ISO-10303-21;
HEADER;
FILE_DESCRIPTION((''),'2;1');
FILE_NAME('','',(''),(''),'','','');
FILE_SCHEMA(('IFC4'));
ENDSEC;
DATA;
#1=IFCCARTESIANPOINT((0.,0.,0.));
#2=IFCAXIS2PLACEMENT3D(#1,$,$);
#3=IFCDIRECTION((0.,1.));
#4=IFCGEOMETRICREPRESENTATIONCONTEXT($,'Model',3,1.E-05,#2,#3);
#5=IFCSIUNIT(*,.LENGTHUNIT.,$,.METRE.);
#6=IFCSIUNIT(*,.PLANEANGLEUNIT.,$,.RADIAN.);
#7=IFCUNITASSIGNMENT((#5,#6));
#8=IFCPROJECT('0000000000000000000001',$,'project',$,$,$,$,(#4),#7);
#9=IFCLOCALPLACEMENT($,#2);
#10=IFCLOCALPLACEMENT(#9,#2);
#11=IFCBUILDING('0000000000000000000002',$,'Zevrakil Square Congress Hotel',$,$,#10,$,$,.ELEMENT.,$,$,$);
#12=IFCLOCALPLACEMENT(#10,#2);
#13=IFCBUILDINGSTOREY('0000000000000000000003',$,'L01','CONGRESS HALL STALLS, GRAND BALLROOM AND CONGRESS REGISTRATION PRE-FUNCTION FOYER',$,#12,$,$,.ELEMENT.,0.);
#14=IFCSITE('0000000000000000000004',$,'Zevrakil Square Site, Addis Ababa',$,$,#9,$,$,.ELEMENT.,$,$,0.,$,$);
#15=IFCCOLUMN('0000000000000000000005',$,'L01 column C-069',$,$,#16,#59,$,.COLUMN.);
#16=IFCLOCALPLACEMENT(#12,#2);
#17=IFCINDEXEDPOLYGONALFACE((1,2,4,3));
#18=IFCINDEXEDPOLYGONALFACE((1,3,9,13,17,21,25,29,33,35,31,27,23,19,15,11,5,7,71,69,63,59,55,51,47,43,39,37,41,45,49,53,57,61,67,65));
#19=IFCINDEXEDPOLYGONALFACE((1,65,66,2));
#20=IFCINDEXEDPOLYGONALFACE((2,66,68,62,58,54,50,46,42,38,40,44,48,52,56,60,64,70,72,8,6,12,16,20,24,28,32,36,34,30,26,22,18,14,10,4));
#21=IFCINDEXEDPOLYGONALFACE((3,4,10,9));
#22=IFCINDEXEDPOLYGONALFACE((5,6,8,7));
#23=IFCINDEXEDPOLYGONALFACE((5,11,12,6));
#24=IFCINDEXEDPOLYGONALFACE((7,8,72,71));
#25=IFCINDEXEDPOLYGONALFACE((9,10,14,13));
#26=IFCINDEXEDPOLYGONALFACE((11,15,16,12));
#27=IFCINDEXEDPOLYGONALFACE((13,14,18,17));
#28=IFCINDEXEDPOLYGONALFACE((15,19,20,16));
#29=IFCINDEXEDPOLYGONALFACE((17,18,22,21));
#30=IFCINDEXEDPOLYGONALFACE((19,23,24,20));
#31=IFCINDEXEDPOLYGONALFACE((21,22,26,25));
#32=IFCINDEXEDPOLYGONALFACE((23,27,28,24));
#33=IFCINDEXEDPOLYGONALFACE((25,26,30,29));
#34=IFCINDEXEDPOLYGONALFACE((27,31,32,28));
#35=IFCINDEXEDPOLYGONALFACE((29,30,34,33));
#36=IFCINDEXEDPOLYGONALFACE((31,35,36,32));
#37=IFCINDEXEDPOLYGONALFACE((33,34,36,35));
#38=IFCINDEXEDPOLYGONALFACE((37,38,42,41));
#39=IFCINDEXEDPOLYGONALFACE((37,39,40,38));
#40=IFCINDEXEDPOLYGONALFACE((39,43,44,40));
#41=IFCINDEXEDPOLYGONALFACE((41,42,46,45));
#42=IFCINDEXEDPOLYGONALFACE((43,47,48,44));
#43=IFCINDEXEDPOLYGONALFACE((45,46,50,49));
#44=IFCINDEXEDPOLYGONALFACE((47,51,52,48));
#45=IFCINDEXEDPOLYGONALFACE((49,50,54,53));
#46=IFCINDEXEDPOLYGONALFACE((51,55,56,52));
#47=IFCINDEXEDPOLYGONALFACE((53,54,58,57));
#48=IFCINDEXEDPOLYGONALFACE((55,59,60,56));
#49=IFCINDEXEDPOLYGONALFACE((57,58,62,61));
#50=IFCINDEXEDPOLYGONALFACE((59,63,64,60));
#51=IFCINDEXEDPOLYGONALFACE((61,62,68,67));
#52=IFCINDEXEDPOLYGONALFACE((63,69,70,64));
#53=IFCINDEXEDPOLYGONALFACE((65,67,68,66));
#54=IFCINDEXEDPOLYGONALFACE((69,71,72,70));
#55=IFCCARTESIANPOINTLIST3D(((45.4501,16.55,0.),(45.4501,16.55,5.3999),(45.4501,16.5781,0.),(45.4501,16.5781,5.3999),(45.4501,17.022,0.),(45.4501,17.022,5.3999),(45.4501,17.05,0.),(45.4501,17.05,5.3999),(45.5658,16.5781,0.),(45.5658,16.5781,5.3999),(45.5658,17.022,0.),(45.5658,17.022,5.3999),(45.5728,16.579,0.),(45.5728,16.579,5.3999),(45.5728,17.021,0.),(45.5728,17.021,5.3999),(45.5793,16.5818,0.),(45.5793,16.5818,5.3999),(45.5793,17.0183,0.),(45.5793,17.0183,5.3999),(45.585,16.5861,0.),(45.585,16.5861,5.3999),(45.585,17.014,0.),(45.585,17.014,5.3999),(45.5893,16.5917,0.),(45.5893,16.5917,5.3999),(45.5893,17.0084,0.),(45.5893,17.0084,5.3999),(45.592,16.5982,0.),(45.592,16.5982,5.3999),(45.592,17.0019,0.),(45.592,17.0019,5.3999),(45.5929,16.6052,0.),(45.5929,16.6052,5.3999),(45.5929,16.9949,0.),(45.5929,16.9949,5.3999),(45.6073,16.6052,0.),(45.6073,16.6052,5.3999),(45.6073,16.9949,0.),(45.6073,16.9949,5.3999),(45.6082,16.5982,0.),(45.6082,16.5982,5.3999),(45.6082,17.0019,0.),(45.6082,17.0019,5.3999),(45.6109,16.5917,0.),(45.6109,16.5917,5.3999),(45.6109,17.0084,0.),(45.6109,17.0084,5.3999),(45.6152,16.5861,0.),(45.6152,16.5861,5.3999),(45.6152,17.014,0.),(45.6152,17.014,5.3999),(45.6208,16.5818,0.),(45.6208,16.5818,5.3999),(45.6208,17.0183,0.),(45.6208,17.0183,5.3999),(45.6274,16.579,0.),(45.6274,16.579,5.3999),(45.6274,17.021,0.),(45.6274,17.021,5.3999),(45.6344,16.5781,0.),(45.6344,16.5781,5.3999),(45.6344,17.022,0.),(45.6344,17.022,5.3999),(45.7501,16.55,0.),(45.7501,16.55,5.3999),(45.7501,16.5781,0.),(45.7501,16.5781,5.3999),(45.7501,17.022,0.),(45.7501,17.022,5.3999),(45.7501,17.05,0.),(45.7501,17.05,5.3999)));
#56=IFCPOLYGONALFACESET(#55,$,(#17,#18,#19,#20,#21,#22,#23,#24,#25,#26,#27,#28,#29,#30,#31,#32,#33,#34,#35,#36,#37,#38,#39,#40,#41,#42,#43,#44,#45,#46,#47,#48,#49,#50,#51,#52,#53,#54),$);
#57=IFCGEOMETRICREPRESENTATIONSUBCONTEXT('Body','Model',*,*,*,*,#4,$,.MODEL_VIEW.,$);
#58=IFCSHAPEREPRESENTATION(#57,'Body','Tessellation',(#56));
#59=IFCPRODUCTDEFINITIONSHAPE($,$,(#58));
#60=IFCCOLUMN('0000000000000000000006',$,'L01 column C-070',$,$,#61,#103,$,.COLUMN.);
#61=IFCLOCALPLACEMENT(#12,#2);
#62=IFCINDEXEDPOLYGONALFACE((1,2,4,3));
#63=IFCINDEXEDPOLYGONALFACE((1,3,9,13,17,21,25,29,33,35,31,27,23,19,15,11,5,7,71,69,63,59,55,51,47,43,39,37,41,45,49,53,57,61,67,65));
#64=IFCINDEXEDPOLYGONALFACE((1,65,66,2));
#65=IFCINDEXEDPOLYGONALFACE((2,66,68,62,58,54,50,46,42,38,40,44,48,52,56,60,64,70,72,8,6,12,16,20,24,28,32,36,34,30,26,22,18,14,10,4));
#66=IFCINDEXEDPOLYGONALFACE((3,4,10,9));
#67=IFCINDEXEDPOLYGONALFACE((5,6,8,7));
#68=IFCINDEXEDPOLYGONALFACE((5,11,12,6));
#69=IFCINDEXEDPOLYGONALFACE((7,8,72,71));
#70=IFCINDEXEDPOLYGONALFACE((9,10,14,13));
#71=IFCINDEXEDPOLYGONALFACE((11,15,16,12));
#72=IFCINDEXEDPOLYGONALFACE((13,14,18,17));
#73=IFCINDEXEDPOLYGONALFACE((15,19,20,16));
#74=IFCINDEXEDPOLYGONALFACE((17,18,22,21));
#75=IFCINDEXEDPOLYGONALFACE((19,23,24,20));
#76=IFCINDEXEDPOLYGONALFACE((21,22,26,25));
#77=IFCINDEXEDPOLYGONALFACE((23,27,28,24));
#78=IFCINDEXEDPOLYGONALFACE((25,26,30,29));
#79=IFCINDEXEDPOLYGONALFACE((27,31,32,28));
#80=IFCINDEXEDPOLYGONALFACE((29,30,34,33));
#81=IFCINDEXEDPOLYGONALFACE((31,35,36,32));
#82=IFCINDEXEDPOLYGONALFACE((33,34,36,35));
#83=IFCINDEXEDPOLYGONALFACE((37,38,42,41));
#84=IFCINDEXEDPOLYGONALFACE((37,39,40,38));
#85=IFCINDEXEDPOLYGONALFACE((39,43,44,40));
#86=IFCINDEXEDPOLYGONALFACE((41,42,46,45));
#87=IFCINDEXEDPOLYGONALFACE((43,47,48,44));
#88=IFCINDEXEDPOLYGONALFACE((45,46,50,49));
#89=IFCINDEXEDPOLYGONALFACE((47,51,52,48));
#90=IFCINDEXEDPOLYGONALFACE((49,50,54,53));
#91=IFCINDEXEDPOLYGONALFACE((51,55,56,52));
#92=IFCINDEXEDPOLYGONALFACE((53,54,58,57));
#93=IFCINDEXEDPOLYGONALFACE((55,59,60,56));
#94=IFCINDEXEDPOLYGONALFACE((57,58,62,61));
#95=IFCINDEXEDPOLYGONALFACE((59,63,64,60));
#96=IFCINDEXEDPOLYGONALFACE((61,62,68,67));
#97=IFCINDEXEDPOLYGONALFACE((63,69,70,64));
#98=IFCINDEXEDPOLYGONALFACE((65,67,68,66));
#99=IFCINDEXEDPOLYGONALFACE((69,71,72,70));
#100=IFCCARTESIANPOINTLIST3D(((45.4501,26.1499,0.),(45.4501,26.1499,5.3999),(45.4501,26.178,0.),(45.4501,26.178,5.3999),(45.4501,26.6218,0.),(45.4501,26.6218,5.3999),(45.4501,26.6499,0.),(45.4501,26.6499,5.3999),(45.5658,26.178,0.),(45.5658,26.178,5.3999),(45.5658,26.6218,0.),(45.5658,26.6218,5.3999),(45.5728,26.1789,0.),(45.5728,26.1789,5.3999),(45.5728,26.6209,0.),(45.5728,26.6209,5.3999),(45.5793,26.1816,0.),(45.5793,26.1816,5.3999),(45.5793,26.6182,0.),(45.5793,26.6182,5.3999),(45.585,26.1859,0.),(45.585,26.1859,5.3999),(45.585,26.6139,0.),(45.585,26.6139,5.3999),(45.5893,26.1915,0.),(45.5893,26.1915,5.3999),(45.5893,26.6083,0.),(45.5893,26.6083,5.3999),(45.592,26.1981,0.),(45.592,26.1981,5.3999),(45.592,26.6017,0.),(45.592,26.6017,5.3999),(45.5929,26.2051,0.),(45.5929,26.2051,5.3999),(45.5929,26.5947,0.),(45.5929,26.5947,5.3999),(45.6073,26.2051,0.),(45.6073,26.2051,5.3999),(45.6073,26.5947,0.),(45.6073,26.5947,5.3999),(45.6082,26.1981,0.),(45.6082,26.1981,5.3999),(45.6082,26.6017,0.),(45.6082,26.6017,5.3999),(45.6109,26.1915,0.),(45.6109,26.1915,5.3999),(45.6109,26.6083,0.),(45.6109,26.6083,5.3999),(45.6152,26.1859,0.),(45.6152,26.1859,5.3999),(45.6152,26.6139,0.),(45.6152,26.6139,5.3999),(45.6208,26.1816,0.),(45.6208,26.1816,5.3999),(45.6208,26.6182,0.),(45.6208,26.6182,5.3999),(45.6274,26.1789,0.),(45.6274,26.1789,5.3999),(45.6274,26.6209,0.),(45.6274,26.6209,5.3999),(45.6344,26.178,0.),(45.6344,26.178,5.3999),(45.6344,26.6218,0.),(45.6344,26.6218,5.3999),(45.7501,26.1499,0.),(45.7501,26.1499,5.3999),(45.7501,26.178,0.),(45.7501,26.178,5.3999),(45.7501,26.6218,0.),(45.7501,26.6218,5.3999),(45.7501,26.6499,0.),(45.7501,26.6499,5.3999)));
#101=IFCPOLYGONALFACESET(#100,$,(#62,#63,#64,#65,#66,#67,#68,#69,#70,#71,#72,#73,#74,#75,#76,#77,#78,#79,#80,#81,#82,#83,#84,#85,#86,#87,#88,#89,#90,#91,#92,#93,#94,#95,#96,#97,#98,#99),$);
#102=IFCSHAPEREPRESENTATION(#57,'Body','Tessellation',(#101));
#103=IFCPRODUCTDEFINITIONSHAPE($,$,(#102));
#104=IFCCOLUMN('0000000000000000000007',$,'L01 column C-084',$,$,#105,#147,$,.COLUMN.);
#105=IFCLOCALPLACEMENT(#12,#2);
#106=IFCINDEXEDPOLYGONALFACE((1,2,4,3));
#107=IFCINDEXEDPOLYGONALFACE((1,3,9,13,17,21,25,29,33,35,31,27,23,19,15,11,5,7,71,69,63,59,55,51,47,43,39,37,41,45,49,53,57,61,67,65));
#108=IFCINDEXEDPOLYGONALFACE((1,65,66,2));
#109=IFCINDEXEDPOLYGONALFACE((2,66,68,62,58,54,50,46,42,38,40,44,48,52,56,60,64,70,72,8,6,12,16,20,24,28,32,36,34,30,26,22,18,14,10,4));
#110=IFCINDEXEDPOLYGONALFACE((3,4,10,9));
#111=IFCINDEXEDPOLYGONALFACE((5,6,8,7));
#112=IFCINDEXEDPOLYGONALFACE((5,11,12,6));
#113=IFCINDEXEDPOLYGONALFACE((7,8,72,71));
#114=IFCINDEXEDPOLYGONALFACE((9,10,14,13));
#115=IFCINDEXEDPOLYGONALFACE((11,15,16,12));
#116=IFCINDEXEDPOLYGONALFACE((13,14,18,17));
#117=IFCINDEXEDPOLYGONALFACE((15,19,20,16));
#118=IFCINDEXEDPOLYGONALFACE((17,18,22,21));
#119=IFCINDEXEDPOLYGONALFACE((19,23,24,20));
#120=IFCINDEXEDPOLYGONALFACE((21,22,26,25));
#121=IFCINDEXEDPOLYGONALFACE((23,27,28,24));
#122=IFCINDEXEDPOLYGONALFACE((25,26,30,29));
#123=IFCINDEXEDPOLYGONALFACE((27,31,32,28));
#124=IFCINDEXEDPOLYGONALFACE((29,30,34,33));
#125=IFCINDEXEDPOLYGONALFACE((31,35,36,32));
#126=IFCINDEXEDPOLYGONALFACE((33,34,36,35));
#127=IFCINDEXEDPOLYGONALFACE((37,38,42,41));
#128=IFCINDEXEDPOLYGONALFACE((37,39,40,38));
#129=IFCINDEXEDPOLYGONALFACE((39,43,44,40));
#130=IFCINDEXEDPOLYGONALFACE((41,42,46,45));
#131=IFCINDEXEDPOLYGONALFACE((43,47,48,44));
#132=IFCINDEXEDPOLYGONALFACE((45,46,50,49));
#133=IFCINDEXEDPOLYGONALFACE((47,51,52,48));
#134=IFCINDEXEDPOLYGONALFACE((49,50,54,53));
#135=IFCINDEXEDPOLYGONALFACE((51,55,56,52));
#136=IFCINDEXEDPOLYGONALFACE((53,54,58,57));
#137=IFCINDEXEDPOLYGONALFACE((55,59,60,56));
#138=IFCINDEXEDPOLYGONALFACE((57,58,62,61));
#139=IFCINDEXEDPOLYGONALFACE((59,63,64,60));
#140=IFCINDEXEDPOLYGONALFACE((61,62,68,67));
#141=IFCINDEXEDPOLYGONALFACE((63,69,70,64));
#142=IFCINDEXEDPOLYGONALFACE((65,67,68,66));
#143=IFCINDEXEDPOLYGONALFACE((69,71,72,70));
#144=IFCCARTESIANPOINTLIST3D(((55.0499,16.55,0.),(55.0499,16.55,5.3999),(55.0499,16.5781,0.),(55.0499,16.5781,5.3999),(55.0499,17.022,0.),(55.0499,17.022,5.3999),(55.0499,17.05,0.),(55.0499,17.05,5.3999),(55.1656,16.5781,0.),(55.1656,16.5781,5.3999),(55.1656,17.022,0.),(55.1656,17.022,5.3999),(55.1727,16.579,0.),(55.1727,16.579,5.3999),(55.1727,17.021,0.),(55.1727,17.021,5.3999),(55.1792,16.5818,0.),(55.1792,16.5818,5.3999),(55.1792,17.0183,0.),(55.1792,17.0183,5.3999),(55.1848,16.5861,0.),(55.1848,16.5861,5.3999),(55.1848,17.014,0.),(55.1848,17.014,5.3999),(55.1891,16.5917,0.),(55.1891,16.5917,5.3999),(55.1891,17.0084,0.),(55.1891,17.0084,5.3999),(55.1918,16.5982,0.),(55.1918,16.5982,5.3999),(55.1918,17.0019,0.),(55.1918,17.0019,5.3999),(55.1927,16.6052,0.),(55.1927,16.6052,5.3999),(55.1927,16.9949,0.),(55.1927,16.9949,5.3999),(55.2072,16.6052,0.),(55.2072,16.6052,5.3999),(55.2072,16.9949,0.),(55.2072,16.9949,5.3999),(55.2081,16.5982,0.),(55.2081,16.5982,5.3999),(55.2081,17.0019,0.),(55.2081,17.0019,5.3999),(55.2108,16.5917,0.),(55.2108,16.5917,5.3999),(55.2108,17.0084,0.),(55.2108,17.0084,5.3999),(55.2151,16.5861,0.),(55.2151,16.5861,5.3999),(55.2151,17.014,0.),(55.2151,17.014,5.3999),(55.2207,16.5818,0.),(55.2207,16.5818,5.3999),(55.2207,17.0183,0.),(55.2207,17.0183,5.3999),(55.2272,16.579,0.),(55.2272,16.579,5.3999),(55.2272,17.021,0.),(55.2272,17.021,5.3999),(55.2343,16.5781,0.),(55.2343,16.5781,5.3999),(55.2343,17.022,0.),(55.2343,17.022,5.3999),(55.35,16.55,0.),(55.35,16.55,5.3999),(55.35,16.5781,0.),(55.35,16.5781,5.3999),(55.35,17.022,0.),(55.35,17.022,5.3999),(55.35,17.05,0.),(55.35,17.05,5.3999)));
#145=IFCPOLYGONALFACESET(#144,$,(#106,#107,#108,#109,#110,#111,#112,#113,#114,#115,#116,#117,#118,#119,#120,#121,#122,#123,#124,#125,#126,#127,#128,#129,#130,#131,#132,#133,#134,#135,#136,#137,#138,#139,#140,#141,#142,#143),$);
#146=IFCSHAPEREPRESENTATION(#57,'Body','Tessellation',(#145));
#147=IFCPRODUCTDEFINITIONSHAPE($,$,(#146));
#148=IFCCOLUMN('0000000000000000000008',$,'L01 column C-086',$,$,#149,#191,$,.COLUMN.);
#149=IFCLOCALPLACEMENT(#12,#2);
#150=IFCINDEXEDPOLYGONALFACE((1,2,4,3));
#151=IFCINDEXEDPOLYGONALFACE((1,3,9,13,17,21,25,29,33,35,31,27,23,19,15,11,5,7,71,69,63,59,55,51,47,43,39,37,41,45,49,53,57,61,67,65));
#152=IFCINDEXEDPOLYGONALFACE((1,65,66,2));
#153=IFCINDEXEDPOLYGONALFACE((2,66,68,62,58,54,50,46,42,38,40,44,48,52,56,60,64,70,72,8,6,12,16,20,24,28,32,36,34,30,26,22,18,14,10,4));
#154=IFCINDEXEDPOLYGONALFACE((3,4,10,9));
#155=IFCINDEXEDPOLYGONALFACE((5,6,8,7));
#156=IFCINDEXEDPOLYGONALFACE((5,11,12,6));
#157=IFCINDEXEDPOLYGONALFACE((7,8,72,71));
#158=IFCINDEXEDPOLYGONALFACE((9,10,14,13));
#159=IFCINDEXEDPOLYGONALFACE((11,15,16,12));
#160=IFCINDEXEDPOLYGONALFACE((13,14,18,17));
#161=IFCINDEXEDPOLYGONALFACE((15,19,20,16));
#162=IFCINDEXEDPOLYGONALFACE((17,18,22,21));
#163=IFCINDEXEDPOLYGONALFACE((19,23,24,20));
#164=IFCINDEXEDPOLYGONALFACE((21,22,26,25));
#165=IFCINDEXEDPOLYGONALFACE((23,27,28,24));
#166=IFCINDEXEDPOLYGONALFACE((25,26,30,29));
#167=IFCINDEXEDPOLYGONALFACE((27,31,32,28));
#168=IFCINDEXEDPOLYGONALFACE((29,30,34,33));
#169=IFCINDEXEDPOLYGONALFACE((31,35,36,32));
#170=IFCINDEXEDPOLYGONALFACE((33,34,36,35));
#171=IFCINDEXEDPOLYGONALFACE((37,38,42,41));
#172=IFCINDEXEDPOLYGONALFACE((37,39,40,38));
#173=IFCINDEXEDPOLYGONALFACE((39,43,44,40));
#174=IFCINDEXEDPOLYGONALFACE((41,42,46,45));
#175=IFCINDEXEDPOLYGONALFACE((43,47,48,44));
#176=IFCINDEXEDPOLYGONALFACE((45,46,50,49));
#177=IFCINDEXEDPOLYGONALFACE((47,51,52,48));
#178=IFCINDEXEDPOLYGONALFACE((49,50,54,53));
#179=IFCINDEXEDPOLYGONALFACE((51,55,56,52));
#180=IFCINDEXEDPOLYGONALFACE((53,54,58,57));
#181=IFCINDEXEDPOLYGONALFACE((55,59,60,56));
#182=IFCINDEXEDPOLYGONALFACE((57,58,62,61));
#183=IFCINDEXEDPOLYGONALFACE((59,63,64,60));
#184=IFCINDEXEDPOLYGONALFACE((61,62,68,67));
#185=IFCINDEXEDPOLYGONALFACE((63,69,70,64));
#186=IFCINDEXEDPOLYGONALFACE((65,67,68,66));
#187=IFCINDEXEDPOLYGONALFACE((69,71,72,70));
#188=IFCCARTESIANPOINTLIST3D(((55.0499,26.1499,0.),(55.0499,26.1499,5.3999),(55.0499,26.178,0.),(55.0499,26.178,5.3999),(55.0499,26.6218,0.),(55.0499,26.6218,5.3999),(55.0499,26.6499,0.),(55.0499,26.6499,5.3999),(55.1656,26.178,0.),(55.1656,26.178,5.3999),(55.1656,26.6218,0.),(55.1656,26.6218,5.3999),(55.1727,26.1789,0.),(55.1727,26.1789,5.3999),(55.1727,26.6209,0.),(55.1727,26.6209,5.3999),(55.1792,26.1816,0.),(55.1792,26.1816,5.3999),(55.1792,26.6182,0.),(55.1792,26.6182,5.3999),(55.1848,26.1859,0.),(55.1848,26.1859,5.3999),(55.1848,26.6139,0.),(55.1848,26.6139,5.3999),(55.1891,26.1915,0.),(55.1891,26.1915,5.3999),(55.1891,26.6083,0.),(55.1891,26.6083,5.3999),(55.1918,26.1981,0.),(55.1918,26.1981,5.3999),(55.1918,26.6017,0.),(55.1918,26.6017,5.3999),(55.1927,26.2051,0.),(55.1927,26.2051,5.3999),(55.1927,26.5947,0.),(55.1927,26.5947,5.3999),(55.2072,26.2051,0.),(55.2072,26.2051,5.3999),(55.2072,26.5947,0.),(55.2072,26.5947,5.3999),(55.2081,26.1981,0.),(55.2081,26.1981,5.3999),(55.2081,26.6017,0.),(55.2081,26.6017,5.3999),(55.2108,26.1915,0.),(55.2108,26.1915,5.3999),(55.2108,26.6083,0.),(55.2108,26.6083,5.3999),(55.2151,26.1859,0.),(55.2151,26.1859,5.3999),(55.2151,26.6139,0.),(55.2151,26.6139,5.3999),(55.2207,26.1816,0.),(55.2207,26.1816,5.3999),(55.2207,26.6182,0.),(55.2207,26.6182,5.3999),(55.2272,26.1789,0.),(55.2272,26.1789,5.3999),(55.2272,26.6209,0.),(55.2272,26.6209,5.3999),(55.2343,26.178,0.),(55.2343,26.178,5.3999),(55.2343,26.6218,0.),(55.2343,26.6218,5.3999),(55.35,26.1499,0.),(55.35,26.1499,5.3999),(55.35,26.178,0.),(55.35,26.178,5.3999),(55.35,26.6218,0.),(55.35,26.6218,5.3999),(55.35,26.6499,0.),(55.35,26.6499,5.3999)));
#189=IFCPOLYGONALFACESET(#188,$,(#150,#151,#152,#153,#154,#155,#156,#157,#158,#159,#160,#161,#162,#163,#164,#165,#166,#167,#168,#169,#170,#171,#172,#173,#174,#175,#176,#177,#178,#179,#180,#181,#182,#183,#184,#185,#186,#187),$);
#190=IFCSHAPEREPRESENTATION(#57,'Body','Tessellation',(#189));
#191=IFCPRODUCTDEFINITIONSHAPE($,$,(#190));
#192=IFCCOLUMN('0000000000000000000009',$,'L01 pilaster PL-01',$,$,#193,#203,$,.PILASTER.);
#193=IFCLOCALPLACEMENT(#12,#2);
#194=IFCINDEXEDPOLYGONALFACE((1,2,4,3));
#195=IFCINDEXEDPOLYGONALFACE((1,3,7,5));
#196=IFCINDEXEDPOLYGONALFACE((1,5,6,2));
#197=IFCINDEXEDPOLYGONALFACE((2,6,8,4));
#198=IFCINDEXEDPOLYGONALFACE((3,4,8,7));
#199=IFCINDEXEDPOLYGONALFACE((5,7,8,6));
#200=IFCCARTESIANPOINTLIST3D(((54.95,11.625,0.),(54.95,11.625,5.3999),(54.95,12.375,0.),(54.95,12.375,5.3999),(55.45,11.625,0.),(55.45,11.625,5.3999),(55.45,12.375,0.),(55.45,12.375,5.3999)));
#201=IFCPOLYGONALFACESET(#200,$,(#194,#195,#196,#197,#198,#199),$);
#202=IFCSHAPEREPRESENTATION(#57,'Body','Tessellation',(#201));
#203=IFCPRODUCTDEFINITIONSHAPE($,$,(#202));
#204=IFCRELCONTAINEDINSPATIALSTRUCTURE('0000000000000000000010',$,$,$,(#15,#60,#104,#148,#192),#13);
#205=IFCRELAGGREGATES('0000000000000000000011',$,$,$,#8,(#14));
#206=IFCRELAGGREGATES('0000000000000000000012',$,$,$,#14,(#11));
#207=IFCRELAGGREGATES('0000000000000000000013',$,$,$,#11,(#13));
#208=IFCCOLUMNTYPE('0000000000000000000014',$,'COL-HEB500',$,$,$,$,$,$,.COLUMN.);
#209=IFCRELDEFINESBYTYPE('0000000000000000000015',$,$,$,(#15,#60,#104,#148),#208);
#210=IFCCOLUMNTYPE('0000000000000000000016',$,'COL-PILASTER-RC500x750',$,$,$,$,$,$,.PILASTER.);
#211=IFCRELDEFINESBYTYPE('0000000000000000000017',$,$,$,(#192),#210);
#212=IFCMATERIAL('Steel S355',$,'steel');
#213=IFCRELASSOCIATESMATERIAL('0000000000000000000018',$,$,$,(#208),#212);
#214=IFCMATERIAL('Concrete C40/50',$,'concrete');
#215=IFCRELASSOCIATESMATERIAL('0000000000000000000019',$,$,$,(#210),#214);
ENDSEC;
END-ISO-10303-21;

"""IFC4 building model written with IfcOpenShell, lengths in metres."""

from ifc_helpers import new_model, si_unit, direction, frame, origin, origin_2d, place, context, subcontext, project, spatial, rectangle, i_section, extrude, material, material_profile, profile_set, type_object, element, save


model = new_model("IFC4")

# Units and contexts
model_context = context("Model", 3, precision=1e-05, world=origin(), true_north=direction((0.0, 1.0)))
body_context = subcontext(model_context, "Body", "Model", "MODEL_VIEW")
ifc_project = project(units=[si_unit("LENGTHUNIT", "METRE"), si_unit("PLANEANGLEUNIT", "RADIAN")], contexts=[model_context])

# Site, building, storey
site_placement = place(None, origin())
site = spatial("IfcSite", under=ifc_project, at=site_placement, Name="Zevrakil Square Site, Addis Ababa", CompositionType="ELEMENT", RefElevation=0.0)
building_placement = place(site_placement, origin())
building = spatial("IfcBuilding", under=site, at=building_placement, Name="Zevrakil Square Congress Hotel", CompositionType="ELEMENT")
storey_placement = place(building_placement, origin())
storey = spatial("IfcBuildingStorey", under=building, at=storey_placement, Name="L01", Description="CONGRESS HALL STALLS, GRAND BALLROOM AND CONGRESS REGISTRATION PRE-FUNCTION FOYER", CompositionType="ELEMENT", Elevation=0.0)

# Columns
ifc_material_1 = material(Name="Steel S355", Category="steel")
ifc_material_profile_1 = material_profile(ifc_material_1, i_section(OverallWidth=0.3, OverallDepth=0.5, WebThickness=0.0144, FlangeThickness=0.0281, FilletRadius=0.0271, at=origin_2d()), Name="HEB 500")
ifc_profile_set_1 = profile_set([ifc_material_profile_1], Name="Steel S355")
column_type_1 = type_object("IfcColumnType", Name="COL-HEB500", PredefinedType="COLUMN", material=ifc_profile_set_1)
for number, where, z_axis, x_axis, name in (
    (1, (45.6001, 16.8, 0.0), (0.0, 0.0, 1.0), (1.0, 0.0, 0.0), "L01 column C-069"),
    (2, (45.6001, 26.3999, 0.0), (0.0, 0.0, 1.0), (1.0, 0.0, 0.0), "L01 column C-070"),
    (3, (55.2, 16.8, 0.0), (0.0, 0.0, 1.0), (1.0, 0.0, 0.0), "L01 column C-084"),
    (4, (55.2, 26.3999, 0.0), (0.0, 0.0, 1.0), (1.0, 0.0, 0.0), "L01 column C-086"),
):
    element("IfcColumn", number, at=place(storey_placement, frame(where, z_axis=z_axis, x_axis=x_axis)), inside=storey, type_object=column_type_1, Name=name, PredefinedType="COLUMN", context=body_context, shape_type="SweptSolid", body=[
        extrude(i_section(OverallWidth=0.3, OverallDepth=0.5, WebThickness=0.0144, FlangeThickness=0.0281, FilletRadius=0.0271, at=origin_2d()), origin(), (0.0, 0.0, 1.0), 5.3999),
    ])
ifc_material_2 = material(Name="Concrete C40/50", Category="concrete")
ifc_material_profile_2 = material_profile(ifc_material_2, rectangle(XDim=0.5, YDim=0.75, at=origin_2d()), Name="RC 500x750")
ifc_profile_set_2 = profile_set([ifc_material_profile_2], Name="Concrete C40/50")
column_type_2 = type_object("IfcColumnType", Name="COL-PILASTER-RC500x750", PredefinedType="PILASTER", material=ifc_profile_set_2)
for number, where, z_axis, x_axis, name in (
    (5, (55.2, 12.0, 0.0), (0.0, 0.0, 1.0), (1.0, 0.0, 0.0), "L01 pilaster PL-01"),
):
    element("IfcColumn", number, at=place(storey_placement, frame(where, z_axis=z_axis, x_axis=x_axis)), inside=storey, type_object=column_type_2, Name=name, PredefinedType="PILASTER", context=body_context, shape_type="SweptSolid", body=[
        extrude(rectangle(XDim=0.5, YDim=0.75, at=origin_2d()), origin(), (0.0, 0.0, 1.0), 5.3999),
    ])

save(model, "model.ifc")
